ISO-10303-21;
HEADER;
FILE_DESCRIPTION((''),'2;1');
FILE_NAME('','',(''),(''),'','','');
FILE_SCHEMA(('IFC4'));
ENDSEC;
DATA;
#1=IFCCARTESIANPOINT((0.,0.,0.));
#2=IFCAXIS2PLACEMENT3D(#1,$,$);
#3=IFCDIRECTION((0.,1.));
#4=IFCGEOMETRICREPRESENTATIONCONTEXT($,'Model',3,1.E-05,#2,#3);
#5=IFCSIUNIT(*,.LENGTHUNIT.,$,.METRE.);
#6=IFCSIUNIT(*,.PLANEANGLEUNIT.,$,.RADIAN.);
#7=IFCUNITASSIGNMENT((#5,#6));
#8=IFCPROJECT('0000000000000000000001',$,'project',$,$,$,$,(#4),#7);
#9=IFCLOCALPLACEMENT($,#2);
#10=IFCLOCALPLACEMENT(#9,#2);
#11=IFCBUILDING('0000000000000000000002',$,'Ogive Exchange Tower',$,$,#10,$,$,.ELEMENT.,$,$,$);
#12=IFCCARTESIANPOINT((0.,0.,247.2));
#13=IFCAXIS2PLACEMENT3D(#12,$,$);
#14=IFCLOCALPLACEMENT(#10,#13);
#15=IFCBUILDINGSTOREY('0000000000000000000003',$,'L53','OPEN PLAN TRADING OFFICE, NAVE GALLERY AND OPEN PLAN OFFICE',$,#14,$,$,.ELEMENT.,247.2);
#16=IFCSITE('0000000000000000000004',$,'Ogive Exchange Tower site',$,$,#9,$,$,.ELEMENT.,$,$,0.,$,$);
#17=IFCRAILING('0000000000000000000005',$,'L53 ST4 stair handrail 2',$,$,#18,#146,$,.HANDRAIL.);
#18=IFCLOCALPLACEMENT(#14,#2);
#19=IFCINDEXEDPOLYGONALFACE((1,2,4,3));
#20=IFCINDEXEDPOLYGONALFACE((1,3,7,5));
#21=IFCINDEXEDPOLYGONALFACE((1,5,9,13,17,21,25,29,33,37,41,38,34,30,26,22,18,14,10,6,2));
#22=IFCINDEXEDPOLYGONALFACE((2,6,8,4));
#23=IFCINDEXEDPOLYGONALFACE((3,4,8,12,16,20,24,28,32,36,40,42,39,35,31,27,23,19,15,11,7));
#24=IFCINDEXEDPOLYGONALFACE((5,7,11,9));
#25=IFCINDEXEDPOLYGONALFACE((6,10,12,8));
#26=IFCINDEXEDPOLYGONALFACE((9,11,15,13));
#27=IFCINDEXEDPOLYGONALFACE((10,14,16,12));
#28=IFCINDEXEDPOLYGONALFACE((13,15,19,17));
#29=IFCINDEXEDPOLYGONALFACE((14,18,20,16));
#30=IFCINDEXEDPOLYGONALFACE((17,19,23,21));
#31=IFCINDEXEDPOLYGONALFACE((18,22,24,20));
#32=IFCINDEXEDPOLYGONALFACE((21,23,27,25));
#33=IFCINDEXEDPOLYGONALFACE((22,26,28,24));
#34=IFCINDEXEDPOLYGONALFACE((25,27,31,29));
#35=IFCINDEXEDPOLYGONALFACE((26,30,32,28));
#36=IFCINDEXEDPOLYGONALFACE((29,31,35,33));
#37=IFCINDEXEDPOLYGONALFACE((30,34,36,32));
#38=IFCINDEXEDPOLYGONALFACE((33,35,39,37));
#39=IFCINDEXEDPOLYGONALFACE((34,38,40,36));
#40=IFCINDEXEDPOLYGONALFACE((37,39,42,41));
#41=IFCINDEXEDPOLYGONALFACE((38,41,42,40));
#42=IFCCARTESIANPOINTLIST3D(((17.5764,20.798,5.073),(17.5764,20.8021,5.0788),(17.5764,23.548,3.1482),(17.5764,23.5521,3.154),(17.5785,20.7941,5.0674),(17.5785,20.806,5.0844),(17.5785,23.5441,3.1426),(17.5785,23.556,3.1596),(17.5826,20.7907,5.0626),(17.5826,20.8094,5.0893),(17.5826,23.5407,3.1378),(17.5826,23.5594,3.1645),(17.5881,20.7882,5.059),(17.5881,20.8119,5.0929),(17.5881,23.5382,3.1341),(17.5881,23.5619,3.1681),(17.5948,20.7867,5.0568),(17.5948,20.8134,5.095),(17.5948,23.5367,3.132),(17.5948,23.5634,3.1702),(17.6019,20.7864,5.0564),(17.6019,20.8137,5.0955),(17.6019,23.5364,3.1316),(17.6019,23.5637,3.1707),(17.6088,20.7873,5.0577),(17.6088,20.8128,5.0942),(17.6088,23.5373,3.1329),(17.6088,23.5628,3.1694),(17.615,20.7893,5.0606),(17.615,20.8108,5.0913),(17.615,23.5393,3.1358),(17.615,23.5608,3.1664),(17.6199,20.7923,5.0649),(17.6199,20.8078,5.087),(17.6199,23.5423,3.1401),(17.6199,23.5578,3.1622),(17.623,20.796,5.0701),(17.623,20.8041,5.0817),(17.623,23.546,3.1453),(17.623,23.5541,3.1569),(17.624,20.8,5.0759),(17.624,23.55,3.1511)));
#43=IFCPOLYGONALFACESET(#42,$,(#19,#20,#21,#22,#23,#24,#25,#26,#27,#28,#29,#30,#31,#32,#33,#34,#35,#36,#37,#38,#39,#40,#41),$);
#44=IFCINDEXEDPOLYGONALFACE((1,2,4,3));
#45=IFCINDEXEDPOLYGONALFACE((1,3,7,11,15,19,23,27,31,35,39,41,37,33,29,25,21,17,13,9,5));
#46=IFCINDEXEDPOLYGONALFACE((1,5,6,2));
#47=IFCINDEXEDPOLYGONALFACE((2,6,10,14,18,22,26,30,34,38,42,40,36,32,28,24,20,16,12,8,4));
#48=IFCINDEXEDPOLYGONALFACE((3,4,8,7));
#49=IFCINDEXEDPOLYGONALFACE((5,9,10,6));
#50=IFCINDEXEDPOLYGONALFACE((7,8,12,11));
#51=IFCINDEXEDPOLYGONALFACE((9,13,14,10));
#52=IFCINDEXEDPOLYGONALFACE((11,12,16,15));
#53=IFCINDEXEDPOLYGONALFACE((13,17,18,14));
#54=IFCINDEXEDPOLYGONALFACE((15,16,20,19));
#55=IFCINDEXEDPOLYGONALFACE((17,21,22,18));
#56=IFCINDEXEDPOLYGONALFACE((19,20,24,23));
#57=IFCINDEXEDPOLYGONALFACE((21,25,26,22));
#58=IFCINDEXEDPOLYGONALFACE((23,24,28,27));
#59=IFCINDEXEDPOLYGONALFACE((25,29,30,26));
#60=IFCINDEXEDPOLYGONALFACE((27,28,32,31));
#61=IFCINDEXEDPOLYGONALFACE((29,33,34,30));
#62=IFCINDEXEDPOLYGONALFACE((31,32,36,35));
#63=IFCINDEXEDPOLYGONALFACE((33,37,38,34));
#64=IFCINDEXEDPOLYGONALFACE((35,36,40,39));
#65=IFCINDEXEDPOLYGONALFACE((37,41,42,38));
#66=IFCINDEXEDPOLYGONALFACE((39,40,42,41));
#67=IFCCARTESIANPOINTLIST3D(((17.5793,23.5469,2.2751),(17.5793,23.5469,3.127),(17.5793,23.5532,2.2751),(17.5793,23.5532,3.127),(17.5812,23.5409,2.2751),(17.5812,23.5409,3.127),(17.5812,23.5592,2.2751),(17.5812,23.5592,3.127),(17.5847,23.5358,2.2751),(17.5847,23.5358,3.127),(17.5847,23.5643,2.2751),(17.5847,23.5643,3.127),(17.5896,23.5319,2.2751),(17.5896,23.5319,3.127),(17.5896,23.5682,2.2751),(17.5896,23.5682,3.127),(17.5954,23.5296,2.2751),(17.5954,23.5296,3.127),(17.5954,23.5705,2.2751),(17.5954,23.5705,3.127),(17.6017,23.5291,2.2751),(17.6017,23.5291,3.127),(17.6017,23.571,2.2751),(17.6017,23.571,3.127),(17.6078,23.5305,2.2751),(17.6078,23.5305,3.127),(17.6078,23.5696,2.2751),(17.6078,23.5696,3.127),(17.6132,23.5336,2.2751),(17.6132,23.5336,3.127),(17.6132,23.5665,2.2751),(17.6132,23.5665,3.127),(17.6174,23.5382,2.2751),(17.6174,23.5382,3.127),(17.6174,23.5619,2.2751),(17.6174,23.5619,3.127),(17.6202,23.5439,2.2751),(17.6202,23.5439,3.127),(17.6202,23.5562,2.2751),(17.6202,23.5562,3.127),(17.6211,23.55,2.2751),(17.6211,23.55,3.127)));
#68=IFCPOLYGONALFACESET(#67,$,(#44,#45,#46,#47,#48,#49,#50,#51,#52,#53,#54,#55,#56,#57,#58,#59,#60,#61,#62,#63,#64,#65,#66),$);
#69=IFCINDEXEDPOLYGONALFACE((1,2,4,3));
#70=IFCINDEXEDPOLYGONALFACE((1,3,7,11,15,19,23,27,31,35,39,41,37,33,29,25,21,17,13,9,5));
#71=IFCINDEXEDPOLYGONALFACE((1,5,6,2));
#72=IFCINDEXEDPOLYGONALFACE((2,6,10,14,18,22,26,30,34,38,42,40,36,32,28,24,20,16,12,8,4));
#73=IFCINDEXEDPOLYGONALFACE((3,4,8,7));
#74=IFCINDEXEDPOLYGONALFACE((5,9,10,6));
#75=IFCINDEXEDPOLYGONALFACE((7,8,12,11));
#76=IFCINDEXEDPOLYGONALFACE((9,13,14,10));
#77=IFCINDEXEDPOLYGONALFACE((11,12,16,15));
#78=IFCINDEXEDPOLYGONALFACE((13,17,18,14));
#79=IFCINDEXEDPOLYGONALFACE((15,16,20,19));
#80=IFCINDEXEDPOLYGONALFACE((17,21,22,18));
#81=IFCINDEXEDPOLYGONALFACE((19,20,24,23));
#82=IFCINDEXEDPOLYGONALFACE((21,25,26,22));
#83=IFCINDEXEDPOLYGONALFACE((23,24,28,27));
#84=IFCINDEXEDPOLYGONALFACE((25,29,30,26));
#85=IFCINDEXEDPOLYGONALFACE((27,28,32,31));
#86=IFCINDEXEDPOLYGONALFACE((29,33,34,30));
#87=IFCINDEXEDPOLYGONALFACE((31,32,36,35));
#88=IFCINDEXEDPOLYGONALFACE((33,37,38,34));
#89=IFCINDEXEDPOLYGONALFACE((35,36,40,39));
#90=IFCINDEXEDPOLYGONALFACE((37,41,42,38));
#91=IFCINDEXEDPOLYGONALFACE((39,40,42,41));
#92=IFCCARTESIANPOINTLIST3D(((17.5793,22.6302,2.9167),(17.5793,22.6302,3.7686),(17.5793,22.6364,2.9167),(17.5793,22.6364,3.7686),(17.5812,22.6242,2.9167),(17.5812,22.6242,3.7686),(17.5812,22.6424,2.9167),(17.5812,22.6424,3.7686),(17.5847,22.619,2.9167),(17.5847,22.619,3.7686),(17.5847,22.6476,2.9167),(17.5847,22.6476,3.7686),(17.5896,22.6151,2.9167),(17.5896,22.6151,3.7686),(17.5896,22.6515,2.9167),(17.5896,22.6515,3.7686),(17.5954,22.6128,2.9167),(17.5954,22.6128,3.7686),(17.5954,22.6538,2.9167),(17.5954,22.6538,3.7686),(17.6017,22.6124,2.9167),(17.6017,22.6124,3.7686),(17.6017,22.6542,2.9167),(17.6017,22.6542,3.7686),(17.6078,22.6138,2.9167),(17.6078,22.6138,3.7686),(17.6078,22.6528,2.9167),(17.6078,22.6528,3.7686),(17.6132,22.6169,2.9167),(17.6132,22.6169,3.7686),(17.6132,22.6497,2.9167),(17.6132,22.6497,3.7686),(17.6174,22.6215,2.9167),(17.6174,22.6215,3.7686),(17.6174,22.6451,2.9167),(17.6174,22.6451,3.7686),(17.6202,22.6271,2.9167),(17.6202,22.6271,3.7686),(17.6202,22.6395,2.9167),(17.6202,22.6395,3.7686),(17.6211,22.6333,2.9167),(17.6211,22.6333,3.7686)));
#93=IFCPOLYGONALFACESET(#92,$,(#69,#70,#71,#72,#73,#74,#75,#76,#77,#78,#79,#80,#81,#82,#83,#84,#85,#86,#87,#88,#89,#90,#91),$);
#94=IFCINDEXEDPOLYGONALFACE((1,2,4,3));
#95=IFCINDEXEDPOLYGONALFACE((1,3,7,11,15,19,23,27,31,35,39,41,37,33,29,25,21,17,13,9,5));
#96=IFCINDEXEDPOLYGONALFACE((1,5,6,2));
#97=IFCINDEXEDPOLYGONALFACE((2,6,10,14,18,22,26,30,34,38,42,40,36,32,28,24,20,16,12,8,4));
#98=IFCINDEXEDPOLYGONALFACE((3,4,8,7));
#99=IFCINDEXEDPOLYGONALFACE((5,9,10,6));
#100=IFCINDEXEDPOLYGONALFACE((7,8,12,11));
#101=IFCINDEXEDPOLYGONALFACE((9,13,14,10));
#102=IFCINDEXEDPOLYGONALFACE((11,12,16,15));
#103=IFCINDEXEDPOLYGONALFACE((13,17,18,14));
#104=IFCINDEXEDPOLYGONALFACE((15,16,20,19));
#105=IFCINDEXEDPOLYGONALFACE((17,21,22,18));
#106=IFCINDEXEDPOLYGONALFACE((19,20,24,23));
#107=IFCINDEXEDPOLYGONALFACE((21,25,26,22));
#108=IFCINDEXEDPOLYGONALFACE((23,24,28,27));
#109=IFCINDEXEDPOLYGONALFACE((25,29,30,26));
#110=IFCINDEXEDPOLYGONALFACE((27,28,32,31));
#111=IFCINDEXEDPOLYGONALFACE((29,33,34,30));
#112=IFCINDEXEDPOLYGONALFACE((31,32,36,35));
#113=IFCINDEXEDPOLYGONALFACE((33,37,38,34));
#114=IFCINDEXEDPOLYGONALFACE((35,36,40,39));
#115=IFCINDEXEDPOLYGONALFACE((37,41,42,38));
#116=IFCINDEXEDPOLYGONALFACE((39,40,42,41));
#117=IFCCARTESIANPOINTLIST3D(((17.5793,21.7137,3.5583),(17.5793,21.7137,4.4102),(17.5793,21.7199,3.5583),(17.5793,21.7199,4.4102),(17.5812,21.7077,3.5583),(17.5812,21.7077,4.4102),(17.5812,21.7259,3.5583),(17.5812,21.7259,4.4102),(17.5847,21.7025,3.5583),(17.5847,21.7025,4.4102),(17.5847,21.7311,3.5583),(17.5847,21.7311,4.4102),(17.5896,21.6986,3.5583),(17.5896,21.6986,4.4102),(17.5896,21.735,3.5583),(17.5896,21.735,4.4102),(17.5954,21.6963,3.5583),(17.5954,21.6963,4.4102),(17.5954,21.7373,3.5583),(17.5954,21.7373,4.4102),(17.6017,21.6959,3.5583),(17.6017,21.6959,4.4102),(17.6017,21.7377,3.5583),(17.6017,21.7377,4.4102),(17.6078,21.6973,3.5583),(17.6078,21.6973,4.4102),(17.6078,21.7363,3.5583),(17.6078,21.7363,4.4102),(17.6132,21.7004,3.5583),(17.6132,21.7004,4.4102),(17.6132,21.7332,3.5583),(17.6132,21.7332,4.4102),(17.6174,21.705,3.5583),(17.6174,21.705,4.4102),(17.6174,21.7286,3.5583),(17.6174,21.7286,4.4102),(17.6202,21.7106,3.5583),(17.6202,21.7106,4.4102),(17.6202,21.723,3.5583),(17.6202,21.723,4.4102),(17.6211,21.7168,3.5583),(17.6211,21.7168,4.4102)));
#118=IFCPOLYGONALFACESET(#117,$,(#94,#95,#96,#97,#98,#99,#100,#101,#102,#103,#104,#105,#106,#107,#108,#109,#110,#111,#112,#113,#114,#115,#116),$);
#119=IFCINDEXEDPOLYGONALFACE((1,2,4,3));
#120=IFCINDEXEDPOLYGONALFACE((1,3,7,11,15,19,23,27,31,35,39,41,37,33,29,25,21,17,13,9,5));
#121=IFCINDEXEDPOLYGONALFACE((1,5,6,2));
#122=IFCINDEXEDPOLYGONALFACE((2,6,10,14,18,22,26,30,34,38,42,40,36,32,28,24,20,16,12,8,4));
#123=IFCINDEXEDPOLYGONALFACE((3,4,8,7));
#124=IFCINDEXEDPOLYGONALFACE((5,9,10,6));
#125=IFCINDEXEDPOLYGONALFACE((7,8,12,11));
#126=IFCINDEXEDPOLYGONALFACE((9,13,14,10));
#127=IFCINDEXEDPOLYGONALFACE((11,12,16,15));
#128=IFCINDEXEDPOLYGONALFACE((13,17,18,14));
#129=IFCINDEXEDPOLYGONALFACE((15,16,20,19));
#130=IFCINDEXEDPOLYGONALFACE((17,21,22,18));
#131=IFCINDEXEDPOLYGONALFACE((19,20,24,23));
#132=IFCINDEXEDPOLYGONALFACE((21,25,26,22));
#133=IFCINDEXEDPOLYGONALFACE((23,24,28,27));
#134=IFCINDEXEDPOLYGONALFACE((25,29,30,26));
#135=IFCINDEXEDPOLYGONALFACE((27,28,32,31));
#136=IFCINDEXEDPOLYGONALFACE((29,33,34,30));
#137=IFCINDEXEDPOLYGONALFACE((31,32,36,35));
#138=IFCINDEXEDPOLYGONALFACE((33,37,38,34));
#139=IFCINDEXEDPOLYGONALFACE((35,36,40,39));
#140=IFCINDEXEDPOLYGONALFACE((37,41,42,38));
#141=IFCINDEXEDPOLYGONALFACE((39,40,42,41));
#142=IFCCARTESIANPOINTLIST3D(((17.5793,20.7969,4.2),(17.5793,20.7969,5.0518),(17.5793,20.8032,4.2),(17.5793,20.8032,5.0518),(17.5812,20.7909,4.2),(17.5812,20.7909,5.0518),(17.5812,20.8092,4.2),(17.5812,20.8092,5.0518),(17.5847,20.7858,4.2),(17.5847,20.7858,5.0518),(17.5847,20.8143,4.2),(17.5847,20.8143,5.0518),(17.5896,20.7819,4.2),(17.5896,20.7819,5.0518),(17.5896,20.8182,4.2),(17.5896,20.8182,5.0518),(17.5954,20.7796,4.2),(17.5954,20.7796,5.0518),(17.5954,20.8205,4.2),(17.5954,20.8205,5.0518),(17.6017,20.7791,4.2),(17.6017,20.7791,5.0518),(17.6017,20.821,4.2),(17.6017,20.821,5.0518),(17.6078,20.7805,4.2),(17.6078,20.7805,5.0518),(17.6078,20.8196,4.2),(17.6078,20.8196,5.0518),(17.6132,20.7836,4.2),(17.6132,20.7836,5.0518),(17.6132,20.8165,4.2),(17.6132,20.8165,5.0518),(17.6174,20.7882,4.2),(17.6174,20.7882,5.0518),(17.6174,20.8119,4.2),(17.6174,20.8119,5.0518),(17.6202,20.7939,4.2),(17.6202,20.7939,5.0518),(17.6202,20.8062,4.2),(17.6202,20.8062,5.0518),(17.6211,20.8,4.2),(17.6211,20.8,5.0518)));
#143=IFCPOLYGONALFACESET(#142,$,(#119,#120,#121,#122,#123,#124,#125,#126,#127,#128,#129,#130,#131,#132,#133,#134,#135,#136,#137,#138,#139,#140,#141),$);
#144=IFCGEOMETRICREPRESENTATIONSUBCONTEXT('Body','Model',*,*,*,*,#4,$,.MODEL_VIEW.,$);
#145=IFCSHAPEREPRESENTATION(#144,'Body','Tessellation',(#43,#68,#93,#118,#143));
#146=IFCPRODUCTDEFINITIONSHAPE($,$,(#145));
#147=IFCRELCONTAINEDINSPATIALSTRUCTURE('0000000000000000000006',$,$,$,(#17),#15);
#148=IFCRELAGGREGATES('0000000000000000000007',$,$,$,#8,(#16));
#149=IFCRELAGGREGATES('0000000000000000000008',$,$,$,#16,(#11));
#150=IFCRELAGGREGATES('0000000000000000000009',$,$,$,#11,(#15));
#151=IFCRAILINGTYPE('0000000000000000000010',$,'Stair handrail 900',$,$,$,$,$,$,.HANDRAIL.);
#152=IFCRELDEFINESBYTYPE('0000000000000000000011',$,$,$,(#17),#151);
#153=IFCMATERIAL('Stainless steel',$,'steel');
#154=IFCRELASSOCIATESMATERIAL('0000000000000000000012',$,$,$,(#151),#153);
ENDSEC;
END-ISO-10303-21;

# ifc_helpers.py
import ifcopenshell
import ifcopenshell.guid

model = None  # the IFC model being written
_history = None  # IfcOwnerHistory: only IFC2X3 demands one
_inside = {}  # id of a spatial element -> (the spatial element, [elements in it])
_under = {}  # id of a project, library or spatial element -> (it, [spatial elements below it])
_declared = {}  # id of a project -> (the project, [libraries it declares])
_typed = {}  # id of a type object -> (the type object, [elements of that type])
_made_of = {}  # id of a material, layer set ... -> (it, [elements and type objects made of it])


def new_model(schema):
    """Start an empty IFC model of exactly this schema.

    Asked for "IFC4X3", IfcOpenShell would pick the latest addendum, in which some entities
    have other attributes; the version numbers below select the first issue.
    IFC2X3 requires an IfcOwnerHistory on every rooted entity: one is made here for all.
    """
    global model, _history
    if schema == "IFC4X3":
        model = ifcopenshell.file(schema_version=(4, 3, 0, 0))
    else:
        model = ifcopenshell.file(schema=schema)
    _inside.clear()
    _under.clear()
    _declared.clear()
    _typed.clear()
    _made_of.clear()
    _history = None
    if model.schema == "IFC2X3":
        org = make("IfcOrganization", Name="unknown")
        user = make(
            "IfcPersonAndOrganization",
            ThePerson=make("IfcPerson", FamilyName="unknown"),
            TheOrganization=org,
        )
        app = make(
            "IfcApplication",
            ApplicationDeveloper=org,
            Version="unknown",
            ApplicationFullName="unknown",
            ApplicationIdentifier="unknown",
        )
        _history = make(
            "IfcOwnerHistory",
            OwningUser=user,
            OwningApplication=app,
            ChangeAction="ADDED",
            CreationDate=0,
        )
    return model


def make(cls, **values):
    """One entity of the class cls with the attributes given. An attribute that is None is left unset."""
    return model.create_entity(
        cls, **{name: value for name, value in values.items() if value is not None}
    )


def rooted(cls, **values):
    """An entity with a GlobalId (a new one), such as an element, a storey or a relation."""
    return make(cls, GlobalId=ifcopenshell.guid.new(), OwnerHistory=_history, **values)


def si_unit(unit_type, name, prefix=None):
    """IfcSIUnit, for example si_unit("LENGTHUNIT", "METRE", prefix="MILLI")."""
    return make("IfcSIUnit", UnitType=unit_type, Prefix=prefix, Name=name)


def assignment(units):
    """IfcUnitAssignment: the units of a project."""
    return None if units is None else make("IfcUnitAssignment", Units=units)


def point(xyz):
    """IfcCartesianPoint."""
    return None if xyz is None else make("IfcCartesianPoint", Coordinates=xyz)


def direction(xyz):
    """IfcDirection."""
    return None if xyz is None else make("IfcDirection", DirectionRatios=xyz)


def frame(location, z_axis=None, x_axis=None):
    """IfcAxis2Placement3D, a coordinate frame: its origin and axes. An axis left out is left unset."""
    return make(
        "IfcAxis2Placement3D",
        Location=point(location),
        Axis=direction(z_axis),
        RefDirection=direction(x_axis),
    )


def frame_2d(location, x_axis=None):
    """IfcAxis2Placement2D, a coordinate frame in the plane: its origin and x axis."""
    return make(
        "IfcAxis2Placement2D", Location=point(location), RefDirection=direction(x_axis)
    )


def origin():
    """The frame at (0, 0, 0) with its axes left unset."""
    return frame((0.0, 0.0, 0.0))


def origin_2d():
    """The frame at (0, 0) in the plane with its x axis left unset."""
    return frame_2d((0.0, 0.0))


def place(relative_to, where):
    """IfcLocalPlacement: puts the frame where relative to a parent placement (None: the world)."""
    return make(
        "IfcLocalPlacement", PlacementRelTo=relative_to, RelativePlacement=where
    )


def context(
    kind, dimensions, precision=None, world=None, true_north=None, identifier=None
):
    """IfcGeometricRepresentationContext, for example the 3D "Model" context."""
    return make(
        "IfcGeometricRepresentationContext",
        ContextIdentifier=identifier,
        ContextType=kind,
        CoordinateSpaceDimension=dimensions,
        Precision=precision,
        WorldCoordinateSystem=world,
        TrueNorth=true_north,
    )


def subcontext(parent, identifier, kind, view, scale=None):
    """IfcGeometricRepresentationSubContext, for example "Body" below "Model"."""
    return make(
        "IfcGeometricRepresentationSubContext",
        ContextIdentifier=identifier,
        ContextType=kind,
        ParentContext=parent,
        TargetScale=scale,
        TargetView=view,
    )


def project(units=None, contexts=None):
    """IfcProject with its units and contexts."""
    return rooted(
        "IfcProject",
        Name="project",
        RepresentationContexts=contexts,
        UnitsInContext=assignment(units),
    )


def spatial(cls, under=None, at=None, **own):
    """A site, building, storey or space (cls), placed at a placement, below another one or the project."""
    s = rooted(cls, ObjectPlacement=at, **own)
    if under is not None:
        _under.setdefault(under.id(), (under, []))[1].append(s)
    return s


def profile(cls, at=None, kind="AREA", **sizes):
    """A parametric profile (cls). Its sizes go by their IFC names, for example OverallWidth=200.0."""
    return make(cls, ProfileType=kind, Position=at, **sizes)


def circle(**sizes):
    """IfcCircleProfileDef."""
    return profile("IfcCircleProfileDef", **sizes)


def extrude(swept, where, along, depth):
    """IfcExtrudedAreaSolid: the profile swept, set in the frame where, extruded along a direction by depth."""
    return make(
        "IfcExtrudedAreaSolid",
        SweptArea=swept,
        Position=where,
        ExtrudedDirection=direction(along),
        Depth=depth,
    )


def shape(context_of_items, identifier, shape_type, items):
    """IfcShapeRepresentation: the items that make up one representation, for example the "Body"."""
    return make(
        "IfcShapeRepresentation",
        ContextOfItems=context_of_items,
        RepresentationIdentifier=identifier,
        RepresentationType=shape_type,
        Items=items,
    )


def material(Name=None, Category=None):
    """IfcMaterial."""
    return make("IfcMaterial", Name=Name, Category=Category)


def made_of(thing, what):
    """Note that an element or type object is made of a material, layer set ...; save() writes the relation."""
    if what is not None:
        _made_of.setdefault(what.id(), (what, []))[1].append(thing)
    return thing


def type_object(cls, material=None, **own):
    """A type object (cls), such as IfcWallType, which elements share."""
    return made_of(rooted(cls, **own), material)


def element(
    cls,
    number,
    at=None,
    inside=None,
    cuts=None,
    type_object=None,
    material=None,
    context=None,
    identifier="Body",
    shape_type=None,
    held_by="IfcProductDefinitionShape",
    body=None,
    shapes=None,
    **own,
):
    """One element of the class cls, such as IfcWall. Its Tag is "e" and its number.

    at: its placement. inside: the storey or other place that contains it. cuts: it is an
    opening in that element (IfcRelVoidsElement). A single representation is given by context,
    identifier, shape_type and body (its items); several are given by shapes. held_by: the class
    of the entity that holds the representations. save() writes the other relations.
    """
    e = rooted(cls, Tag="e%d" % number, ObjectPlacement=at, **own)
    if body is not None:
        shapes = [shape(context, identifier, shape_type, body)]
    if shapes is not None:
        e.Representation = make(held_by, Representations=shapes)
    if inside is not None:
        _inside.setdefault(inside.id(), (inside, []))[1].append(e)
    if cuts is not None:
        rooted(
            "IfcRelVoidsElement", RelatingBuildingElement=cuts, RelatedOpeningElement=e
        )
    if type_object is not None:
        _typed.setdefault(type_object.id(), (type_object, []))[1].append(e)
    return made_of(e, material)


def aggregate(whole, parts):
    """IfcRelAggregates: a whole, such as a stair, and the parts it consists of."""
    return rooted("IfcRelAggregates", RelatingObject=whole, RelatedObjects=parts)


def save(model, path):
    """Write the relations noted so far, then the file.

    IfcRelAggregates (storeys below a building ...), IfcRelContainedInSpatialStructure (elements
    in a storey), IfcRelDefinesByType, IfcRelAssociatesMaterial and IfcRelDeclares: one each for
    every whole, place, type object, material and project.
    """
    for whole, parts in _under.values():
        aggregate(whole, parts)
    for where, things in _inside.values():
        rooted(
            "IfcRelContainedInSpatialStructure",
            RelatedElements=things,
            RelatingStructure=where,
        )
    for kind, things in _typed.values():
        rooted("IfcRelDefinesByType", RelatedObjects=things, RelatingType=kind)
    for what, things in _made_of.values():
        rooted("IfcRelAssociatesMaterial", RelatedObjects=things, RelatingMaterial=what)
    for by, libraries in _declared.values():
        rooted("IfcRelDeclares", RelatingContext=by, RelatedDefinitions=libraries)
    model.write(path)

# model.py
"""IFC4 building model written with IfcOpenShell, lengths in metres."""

from ifc_helpers import new_model, si_unit, direction, frame, origin, origin_2d, place, context, subcontext, project, spatial, circle, extrude, material, type_object, element, save


model = new_model("IFC4")

# Units and contexts
model_context = context("Model", 3, precision=1e-05, world=origin(), true_north=direction((0.0, 1.0)))
body_context = subcontext(model_context, "Body", "Model", "MODEL_VIEW")
ifc_project = project(units=[si_unit("LENGTHUNIT", "METRE"), si_unit("PLANEANGLEUNIT", "RADIAN")], contexts=[model_context])

# Site, building, storey
site_placement = place(None, origin())
site = spatial("IfcSite", under=ifc_project, at=site_placement, Name="Ogive Exchange Tower site", CompositionType="ELEMENT", RefElevation=0.0)
building_placement = place(site_placement, origin())
building = spatial("IfcBuilding", under=site, at=building_placement, Name="Ogive Exchange Tower", CompositionType="ELEMENT")
storey_placement = place(building_placement, frame((0.0, 0.0, 247.2)))
storey = spatial("IfcBuildingStorey", under=building, at=storey_placement, Name="L53", Description="OPEN PLAN TRADING OFFICE, NAVE GALLERY AND OPEN PLAN OFFICE", CompositionType="ELEMENT", Elevation=247.2)

# Railing
ifc_material_1 = material(Name="Stainless steel", Category="steel")
railing_type = type_object("IfcRailingType", Name="Stair handrail 900", PredefinedType="HANDRAIL", material=ifc_material_1)
railing_placement = place(storey_placement, frame((17.6001, 23.55, 2.2751)))
element("IfcRailing", 1, at=railing_placement, inside=storey, type_object=railing_type, Name="L53 ST4 stair handrail 2", PredefinedType="HANDRAIL", context=body_context, shape_type="SweptSolid", body=[
    extrude(circle(Radius=0.0239, at=origin_2d()), frame((0.0, 0.0, 0.876), z_axis=(0.0, -0.819259, 0.573423), x_axis=(1.0, 0.0, 0.0)), (0.0, 0.0, 1.0), 3.3567),
    extrude(circle(Radius=0.021, at=origin_2d()), origin(), (0.0, 0.0, 1.0), 0.8518),
    extrude(circle(Radius=0.021, at=origin_2d()), frame((0.0, -0.9167, 0.6416)), (0.0, 0.0, 1.0), 0.8518),
    extrude(circle(Radius=0.021, at=origin_2d()), frame((0.0, -1.8333, 1.2832)), (0.0, 0.0, 1.0), 0.8518),
    extrude(circle(Radius=0.021, at=origin_2d()), frame((0.0, -2.75, 1.9248)), (0.0, 0.0, 1.0), 0.8518),
])

save(model, "model.ifc")
